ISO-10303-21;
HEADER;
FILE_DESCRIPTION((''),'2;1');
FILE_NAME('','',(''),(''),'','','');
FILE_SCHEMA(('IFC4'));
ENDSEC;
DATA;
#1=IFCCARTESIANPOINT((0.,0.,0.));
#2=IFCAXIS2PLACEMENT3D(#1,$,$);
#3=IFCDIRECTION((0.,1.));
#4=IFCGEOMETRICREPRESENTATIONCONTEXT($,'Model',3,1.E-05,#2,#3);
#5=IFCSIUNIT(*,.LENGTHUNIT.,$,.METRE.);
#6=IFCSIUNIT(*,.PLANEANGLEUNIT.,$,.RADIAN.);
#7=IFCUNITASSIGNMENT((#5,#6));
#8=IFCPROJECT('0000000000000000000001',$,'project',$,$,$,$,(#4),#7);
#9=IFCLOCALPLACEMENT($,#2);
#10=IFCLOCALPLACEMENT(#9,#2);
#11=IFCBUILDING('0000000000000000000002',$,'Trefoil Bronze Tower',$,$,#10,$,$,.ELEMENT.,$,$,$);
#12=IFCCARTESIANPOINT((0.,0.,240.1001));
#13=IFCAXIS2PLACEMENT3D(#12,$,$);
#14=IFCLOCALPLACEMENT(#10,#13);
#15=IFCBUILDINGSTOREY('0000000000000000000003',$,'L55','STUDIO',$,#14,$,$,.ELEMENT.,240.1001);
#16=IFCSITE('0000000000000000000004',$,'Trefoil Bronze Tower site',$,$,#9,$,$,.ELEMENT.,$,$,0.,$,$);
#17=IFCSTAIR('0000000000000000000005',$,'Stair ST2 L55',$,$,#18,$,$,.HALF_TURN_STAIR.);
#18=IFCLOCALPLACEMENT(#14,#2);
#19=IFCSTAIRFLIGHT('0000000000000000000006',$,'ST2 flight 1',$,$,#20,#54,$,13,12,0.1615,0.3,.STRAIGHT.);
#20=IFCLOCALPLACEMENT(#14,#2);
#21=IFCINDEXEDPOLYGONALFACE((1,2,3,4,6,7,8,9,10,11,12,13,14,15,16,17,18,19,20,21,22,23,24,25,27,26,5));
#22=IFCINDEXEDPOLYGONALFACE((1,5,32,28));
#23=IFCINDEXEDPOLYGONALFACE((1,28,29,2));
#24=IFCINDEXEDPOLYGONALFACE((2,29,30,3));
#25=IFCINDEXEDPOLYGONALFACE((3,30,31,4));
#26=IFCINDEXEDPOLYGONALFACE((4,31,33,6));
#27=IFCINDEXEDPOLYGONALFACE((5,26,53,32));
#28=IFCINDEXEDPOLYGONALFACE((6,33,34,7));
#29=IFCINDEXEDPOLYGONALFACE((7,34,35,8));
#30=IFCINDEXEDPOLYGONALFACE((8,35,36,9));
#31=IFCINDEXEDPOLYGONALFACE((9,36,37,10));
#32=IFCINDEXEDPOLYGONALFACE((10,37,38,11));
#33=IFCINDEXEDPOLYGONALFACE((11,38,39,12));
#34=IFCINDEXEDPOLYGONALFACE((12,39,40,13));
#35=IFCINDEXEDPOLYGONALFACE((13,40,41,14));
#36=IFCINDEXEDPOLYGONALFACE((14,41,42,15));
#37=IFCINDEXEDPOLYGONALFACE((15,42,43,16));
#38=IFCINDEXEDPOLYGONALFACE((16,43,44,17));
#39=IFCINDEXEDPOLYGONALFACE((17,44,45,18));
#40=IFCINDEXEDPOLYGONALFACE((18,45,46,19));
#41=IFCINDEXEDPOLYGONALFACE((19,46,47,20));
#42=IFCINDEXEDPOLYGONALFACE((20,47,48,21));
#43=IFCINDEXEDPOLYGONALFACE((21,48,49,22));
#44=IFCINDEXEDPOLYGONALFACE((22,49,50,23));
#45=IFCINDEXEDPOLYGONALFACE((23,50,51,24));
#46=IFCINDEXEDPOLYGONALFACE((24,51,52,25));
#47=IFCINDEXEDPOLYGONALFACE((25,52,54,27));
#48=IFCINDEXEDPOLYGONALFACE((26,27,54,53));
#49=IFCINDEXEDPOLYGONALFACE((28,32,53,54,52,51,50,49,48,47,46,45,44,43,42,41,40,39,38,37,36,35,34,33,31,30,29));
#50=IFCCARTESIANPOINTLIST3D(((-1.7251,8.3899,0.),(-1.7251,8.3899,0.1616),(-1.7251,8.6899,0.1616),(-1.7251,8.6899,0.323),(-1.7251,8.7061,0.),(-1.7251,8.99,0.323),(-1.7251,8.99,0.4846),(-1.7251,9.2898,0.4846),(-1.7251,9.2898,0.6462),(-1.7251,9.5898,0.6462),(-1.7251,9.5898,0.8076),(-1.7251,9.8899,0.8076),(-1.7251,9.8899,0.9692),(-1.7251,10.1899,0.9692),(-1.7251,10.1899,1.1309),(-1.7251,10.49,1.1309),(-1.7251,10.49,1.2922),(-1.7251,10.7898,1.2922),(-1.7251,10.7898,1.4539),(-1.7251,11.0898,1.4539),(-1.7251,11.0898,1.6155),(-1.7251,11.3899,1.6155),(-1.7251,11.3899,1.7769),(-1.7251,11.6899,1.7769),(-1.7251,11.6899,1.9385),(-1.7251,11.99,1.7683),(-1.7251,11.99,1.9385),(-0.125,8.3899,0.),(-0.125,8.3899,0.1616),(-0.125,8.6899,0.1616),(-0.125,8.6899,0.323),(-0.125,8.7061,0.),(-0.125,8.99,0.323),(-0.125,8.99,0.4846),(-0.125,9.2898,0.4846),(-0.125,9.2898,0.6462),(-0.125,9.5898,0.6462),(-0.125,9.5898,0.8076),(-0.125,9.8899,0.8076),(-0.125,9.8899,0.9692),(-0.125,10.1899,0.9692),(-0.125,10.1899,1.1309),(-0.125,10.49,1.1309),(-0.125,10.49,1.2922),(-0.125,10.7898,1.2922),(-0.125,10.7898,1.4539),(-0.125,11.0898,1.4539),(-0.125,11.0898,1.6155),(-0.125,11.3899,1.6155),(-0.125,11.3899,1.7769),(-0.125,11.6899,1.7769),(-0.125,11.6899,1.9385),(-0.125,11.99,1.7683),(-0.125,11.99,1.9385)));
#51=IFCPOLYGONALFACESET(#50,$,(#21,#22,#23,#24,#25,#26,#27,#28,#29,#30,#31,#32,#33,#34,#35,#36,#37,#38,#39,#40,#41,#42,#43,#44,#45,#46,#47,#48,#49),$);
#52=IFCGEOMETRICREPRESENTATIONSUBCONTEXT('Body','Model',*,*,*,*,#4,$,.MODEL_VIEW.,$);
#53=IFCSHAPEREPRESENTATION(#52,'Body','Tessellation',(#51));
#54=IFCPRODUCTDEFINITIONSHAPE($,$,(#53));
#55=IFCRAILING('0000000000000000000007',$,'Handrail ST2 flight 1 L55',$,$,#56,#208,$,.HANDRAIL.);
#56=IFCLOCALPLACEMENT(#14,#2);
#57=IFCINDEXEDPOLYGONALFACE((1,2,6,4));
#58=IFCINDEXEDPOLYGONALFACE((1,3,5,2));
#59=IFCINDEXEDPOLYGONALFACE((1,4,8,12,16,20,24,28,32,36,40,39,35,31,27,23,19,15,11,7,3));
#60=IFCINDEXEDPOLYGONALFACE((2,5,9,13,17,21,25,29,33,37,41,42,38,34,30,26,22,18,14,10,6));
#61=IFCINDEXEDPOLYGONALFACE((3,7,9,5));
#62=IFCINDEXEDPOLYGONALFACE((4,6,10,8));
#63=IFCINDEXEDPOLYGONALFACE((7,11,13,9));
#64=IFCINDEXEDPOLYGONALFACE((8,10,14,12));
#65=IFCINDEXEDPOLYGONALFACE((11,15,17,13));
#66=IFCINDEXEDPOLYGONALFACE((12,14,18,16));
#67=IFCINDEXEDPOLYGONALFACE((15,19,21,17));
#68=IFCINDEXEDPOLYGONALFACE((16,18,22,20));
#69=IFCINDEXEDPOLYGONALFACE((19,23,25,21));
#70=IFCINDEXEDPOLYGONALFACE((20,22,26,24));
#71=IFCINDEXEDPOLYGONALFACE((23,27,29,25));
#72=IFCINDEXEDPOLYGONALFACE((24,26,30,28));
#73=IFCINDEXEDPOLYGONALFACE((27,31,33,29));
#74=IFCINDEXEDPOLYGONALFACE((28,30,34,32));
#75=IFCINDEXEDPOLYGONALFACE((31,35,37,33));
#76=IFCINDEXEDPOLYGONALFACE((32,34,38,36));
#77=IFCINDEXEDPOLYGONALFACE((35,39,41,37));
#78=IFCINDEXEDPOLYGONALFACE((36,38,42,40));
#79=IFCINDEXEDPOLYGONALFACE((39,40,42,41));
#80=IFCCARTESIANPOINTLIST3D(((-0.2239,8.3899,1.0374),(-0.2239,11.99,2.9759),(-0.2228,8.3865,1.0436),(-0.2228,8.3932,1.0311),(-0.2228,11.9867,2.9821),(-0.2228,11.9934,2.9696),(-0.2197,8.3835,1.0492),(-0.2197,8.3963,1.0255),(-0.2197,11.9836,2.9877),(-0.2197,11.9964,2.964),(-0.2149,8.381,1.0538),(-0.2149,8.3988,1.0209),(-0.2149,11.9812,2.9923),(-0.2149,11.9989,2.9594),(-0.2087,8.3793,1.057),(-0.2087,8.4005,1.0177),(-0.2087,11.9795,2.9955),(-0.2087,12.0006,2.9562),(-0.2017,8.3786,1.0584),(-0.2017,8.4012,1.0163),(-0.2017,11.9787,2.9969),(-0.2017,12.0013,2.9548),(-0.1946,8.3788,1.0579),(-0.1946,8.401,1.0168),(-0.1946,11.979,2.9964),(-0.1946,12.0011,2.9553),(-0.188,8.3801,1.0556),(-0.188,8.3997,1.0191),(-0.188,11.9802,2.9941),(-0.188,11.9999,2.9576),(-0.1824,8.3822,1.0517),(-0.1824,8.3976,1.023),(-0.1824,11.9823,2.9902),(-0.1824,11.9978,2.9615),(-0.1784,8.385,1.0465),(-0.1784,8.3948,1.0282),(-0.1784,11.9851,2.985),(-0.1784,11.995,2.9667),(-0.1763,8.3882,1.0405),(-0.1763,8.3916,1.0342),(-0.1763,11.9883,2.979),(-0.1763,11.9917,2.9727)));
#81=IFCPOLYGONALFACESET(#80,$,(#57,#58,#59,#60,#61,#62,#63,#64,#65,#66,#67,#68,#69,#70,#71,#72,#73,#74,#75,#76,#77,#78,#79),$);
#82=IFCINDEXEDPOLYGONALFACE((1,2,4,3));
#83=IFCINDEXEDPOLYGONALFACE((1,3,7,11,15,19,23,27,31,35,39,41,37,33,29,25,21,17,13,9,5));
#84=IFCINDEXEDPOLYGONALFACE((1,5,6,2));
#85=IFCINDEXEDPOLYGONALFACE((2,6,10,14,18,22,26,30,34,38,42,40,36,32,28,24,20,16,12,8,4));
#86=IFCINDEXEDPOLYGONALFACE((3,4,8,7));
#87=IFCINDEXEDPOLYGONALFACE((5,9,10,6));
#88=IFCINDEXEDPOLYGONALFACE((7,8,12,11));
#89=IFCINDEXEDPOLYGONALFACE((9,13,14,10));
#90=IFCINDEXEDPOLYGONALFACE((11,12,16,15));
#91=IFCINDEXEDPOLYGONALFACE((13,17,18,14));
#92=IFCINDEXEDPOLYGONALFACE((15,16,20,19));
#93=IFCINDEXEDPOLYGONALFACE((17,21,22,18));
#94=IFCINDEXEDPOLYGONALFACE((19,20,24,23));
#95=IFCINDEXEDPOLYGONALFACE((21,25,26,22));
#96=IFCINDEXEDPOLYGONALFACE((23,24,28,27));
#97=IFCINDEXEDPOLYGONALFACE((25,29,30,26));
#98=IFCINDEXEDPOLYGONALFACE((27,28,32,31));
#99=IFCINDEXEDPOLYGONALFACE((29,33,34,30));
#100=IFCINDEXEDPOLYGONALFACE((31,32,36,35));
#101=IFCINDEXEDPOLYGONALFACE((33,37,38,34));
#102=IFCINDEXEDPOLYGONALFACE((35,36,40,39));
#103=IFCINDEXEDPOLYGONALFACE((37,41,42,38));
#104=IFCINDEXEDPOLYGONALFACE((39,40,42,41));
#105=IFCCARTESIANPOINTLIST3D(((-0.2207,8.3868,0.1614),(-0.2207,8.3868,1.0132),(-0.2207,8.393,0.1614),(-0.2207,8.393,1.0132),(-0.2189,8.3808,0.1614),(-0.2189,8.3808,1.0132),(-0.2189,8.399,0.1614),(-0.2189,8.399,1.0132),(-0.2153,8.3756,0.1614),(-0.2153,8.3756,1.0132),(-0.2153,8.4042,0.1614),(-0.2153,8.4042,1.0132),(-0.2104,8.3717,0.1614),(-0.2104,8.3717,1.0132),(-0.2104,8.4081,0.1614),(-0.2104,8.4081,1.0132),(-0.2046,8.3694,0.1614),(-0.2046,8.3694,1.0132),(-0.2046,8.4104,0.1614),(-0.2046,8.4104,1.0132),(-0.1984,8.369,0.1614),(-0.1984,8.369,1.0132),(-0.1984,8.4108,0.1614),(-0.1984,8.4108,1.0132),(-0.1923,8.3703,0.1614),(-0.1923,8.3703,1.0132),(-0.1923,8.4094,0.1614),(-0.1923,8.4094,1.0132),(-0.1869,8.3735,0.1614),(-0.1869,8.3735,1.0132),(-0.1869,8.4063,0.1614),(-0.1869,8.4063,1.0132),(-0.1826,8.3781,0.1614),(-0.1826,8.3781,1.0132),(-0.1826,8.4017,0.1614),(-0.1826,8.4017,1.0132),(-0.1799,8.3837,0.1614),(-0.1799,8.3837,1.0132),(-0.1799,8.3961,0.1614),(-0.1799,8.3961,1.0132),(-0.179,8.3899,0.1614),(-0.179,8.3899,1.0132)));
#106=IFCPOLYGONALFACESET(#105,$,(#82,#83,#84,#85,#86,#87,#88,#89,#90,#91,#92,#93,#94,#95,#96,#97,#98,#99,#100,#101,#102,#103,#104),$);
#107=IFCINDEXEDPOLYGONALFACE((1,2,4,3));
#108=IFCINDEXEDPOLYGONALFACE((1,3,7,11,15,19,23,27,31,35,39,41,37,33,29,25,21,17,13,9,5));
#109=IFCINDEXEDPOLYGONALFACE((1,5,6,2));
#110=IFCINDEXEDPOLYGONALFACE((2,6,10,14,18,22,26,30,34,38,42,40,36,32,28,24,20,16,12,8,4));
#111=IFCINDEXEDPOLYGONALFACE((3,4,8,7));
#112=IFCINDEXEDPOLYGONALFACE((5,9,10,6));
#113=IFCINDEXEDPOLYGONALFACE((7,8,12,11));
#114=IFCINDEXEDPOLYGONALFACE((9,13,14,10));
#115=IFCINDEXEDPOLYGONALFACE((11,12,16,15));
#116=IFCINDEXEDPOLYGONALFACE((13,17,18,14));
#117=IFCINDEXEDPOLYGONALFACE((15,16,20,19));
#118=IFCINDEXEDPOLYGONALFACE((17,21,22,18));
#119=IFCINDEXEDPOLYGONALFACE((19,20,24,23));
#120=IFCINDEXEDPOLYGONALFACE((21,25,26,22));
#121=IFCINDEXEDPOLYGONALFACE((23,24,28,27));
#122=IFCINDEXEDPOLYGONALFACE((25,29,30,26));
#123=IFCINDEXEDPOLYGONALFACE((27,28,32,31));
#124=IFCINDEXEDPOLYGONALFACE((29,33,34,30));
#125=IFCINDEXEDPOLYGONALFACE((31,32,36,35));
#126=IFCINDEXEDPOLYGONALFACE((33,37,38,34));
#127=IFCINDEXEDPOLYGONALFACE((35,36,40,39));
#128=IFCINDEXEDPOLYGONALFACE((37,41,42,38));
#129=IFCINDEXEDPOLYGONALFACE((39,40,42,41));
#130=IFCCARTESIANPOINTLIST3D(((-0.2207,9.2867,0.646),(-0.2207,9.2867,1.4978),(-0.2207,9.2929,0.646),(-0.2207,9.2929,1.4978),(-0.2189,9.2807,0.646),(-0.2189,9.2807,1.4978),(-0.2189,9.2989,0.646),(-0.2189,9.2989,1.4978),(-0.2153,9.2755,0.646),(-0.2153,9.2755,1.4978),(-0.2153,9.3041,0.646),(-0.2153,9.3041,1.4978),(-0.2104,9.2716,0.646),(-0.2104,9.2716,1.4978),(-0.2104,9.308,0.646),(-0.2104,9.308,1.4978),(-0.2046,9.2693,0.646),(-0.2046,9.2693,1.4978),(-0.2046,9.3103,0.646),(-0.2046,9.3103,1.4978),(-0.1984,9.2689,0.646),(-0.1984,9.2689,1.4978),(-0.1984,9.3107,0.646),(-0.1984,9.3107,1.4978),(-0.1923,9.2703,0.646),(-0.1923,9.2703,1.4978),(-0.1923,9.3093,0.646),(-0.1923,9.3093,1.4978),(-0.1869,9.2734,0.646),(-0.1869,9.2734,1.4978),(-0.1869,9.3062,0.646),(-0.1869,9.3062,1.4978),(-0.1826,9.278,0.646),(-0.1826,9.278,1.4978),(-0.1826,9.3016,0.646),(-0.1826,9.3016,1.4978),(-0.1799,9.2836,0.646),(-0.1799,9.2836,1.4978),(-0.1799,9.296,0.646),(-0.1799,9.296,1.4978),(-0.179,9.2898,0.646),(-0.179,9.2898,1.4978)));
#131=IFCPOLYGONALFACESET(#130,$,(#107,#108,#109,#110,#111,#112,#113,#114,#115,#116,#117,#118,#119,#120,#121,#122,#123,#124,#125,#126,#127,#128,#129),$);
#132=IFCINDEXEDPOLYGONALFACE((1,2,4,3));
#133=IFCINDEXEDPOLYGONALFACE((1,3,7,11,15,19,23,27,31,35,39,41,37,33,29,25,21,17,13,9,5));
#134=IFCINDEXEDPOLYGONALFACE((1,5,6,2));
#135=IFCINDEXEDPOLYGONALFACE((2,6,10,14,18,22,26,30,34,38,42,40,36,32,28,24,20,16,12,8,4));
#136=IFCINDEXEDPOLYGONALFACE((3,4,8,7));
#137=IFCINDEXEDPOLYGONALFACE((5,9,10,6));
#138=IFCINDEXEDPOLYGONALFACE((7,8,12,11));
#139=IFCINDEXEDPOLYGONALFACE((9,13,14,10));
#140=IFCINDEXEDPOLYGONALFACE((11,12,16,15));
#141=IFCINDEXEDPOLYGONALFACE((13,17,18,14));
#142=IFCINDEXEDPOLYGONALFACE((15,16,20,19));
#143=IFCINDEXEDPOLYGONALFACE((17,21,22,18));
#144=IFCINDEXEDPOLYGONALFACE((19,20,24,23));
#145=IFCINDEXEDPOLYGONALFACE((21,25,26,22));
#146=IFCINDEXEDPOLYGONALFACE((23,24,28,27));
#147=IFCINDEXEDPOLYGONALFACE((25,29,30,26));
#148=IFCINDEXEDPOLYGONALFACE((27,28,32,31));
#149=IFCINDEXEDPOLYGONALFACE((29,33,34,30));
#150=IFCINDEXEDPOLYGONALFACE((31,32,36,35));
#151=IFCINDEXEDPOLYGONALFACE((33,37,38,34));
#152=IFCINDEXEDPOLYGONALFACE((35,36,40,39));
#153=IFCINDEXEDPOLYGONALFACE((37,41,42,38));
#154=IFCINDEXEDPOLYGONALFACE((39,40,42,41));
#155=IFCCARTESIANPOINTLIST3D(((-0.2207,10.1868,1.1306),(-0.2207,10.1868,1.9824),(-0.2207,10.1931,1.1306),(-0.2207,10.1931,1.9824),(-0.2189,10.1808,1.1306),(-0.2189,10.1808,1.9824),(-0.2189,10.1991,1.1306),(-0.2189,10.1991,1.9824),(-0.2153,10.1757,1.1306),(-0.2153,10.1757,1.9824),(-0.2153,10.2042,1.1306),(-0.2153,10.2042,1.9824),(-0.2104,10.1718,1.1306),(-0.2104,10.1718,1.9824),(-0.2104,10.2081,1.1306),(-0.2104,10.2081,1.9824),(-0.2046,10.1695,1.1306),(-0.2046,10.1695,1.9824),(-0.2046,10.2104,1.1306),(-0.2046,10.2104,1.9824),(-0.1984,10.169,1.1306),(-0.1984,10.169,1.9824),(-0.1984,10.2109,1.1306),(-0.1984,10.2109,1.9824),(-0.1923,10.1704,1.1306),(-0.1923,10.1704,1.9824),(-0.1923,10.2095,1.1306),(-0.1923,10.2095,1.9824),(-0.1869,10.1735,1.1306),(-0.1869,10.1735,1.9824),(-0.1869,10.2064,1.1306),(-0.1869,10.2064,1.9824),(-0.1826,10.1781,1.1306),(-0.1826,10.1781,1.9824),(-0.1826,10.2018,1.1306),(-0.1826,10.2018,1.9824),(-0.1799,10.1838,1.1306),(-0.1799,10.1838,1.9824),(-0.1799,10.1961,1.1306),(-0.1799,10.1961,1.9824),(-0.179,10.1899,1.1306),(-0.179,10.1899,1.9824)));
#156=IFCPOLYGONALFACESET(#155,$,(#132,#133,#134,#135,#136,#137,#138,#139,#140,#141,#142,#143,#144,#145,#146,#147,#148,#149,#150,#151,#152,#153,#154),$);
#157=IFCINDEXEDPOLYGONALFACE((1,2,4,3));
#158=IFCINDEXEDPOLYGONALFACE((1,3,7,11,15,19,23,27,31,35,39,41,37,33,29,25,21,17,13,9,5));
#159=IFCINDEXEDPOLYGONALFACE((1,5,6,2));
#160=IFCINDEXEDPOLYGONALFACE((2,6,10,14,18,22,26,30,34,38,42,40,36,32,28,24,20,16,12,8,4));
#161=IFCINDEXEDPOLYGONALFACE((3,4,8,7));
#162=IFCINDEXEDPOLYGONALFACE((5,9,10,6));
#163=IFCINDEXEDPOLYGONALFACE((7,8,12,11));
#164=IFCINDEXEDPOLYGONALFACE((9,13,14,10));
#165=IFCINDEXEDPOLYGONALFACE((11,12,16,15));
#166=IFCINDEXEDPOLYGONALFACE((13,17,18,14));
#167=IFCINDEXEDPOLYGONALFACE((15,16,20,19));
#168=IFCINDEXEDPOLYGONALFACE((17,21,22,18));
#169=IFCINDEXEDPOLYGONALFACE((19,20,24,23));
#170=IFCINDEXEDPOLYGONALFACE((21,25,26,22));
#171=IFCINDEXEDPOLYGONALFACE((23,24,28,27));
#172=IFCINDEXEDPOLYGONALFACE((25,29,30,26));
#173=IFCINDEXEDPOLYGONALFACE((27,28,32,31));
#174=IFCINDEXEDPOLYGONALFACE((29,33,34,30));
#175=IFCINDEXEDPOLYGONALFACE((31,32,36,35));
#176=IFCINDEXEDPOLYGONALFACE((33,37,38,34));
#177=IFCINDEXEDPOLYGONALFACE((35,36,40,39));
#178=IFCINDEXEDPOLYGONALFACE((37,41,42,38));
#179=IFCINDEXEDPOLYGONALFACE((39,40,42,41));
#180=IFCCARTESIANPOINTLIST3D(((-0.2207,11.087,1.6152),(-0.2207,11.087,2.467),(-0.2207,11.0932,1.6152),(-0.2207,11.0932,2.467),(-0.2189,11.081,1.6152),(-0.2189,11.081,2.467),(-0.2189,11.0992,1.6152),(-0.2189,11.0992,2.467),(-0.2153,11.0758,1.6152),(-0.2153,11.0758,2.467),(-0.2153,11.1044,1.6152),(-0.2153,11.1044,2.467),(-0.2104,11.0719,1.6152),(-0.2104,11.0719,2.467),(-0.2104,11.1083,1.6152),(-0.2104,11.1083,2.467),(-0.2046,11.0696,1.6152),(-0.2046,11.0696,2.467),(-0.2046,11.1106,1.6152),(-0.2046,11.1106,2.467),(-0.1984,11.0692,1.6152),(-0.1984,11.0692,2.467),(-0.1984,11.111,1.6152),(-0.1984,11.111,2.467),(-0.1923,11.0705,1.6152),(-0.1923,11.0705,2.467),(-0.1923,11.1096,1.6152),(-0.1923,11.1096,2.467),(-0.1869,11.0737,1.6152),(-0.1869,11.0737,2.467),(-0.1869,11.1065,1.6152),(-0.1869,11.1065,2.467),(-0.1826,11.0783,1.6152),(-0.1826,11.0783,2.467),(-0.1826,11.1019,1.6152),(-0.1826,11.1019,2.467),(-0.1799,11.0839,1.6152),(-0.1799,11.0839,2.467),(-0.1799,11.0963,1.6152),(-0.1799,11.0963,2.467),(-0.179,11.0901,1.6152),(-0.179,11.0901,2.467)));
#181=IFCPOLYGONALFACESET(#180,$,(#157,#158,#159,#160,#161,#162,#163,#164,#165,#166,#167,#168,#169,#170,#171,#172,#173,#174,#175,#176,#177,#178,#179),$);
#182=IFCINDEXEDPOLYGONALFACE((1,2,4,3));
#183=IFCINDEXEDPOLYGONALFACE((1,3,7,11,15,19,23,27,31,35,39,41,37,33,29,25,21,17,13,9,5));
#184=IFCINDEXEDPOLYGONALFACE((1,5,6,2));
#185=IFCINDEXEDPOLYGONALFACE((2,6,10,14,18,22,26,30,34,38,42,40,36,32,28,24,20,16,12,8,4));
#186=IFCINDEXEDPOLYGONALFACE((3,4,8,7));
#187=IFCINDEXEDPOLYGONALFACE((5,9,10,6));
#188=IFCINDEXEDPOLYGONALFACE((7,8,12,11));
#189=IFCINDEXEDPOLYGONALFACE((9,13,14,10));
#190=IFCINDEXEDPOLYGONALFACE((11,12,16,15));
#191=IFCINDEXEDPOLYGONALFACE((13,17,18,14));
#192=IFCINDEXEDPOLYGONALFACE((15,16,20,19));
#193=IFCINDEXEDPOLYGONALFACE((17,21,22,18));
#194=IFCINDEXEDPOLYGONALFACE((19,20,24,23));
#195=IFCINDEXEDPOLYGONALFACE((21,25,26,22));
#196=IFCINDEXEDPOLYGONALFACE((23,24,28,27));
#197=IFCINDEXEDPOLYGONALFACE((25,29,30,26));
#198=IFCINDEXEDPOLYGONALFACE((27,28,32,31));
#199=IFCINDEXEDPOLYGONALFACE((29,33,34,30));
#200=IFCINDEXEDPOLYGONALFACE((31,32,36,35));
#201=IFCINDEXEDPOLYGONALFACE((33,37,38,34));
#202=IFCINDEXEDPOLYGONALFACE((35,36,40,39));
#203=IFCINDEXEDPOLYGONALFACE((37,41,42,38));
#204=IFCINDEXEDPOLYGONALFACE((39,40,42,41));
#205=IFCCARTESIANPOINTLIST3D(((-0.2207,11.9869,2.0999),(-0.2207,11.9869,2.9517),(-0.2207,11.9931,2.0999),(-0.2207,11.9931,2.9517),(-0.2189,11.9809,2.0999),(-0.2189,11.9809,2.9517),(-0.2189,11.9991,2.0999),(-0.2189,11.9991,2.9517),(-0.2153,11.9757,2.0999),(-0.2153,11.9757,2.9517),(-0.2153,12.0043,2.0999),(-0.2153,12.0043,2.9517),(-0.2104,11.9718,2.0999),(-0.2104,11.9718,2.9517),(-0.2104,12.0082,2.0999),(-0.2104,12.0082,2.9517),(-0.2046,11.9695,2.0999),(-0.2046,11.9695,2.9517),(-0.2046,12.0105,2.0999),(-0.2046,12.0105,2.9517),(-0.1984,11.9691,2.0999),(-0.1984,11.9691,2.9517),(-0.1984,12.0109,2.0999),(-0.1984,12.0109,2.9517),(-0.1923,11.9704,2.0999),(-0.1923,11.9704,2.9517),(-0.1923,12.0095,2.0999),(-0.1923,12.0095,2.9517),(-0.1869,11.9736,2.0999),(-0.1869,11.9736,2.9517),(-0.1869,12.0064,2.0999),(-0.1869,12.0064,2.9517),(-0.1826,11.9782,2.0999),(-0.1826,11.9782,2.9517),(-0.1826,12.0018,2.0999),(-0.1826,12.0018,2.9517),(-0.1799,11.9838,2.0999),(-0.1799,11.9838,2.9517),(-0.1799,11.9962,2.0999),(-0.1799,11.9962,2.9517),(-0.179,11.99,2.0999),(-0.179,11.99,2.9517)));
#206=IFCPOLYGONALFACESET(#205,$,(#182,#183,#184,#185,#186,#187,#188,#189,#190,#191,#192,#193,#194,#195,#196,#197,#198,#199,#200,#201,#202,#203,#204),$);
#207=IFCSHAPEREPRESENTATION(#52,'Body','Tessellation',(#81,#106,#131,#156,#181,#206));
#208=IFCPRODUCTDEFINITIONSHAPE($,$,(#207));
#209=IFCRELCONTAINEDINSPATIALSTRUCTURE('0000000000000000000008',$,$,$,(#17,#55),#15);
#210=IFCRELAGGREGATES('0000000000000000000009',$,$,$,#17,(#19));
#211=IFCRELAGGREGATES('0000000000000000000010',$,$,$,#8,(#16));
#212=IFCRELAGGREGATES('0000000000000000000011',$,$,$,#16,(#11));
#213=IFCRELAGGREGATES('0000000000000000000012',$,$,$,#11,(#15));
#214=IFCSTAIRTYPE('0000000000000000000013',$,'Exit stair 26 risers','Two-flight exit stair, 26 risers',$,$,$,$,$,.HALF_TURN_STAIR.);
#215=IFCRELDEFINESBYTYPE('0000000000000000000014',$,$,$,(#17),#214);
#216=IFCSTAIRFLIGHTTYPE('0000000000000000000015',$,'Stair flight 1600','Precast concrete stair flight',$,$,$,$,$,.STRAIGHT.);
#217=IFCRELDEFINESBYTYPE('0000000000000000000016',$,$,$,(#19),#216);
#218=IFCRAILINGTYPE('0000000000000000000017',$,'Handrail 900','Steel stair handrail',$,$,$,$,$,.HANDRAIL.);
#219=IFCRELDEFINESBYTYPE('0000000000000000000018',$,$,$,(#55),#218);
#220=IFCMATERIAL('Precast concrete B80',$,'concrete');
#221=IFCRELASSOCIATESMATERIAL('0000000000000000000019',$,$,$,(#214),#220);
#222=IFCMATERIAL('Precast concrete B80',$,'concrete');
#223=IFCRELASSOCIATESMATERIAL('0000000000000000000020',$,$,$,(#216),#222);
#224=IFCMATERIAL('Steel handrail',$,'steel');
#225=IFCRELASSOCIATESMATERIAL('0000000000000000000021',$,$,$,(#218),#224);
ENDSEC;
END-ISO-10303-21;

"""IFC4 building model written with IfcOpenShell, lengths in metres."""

from ifc_helpers import new_model, si_unit, direction, frame, origin, origin_2d, place, context, subcontext, project, spatial, polyline, circle, outline, extrude, material, type_object, element, aggregate, save


model = new_model("IFC4")

# Units and contexts
model_context = context("Model", 3, precision=1e-05, world=origin(), true_north=direction((0.0, 1.0)))
body_context = subcontext(model_context, "Body", "Model", "MODEL_VIEW")
ifc_project = project(units=[si_unit("LENGTHUNIT", "METRE"), si_unit("PLANEANGLEUNIT", "RADIAN")], contexts=[model_context])

# Site, building, storey
site_placement = place(None, origin())
site = spatial("IfcSite", under=ifc_project, at=site_placement, Name="Trefoil Bronze Tower site", CompositionType="ELEMENT", RefElevation=0.0)
building_placement = place(site_placement, origin())
building = spatial("IfcBuilding", under=site, at=building_placement, Name="Trefoil Bronze Tower", CompositionType="ELEMENT")
storey_placement = place(building_placement, frame((0.0, 0.0, 240.1001)))
storey = spatial("IfcBuildingStorey", under=building, at=storey_placement, Name="L55", Description="STUDIO", CompositionType="ELEMENT", Elevation=240.1001)

# Stair, stair flight
ifc_material_1 = material(Name="Precast concrete B80", Category="concrete")
stair_type = type_object("IfcStairType", Name="Exit stair 26 risers", Description="Two-flight exit stair, 26 risers", PredefinedType="HALF_TURN_STAIR", material=ifc_material_1)
stair_placement = place(storey_placement, origin())
stair = element("IfcStair", 1, at=stair_placement, inside=storey, type_object=stair_type, Name="Stair ST2 L55", PredefinedType="HALF_TURN_STAIR")
ifc_material_2 = material(Name="Precast concrete B80", Category="concrete")
stair_flight_type = type_object("IfcStairFlightType", Name="Stair flight 1600", Description="Precast concrete stair flight", PredefinedType="STRAIGHT", material=ifc_material_2)
stair_flight_placement = place(storey_placement, frame((-0.925, 8.3899, 0.0), z_axis=(0.0, 0.0, 1.0), x_axis=(0.0, 1.0, 0.0)))
stair_flight = element("IfcStairFlight", 2, at=stair_flight_placement, type_object=stair_flight_type, Name="ST2 flight 1", NumberOfRisers=13, NumberOfTreads=12, PredefinedType="STRAIGHT", RiserHeight=0.1615, TreadLength=0.3, context=body_context, shape_type="SweptSolid", body=[
    extrude(outline(polyline([(0.0, 0.0), (0.0, 0.1616), (0.3, 0.1616), (0.3, 0.323), (0.6001, 0.323), (0.6001, 0.4846), (0.8999, 0.4846), (0.8999, 0.6462), (1.2, 0.6462), (1.2, 0.8076), (1.5, 0.8076), (1.5, 0.9692), (1.8, 0.9692), (1.8, 1.1309), (2.1001, 1.1309), (2.1001, 1.2922), (2.3999, 1.2922), (2.3999, 1.4539), (2.7, 1.4539), (2.7, 1.6155), (3.0, 1.6155), (3.0, 1.7769), (3.3, 1.7769), (3.3, 1.9385), (3.6001, 1.9385), (3.6001, 2.1001), (3.6001, 1.7683), (0.3162, 0.0), (0.0, 0.0)])), frame((0.0, 0.8, 0.0), z_axis=(0.0, -1.0, 0.0), x_axis=(1.0, 0.0, 0.0)), (0.0, 0.0, 1.0), 1.6001),
])
aggregate(stair, [stair_flight])

# Railing
ifc_material_3 = material(Name="Steel handrail", Category="steel")
railing_type = type_object("IfcRailingType", Name="Handrail 900", Description="Steel stair handrail", PredefinedType="HANDRAIL", material=ifc_material_3)
railing_placement = place(storey_placement, frame((-0.2, 8.3899, 0.1614)))
element("IfcRailing", 3, at=railing_placement, inside=storey, type_object=railing_type, Name="Handrail ST2 flight 1 L55", PredefinedType="HANDRAIL", context=body_context, shape_type="SweptSolid", body=[
    extrude(circle(Radius=0.0239, at=origin_2d()), frame((0.0, 0.0, 0.876), z_axis=(0.0, 0.880475, 0.474093), x_axis=(-1.0, 0.0, 0.0)), (0.0, 0.0, 1.0), 4.0889),
    extrude(circle(Radius=0.021, at=origin_2d()), origin(), (0.0, 0.0, 1.0), 0.8518),
    extrude(circle(Radius=0.021, at=origin_2d()), frame((0.0, 0.8999, 0.4846)), (0.0, 0.0, 1.0), 0.8518),
    extrude(circle(Radius=0.021, at=origin_2d()), frame((0.0, 1.8, 0.9692)), (0.0, 0.0, 1.0), 0.8518),
    extrude(circle(Radius=0.021, at=origin_2d()), frame((0.0, 2.7002, 1.4539)), (0.0, 0.0, 1.0), 0.8518),
    extrude(circle(Radius=0.021, at=origin_2d()), frame((0.0, 3.6001, 1.9385)), (0.0, 0.0, 1.0), 0.8518),
])

save(model, "model.ifc")
